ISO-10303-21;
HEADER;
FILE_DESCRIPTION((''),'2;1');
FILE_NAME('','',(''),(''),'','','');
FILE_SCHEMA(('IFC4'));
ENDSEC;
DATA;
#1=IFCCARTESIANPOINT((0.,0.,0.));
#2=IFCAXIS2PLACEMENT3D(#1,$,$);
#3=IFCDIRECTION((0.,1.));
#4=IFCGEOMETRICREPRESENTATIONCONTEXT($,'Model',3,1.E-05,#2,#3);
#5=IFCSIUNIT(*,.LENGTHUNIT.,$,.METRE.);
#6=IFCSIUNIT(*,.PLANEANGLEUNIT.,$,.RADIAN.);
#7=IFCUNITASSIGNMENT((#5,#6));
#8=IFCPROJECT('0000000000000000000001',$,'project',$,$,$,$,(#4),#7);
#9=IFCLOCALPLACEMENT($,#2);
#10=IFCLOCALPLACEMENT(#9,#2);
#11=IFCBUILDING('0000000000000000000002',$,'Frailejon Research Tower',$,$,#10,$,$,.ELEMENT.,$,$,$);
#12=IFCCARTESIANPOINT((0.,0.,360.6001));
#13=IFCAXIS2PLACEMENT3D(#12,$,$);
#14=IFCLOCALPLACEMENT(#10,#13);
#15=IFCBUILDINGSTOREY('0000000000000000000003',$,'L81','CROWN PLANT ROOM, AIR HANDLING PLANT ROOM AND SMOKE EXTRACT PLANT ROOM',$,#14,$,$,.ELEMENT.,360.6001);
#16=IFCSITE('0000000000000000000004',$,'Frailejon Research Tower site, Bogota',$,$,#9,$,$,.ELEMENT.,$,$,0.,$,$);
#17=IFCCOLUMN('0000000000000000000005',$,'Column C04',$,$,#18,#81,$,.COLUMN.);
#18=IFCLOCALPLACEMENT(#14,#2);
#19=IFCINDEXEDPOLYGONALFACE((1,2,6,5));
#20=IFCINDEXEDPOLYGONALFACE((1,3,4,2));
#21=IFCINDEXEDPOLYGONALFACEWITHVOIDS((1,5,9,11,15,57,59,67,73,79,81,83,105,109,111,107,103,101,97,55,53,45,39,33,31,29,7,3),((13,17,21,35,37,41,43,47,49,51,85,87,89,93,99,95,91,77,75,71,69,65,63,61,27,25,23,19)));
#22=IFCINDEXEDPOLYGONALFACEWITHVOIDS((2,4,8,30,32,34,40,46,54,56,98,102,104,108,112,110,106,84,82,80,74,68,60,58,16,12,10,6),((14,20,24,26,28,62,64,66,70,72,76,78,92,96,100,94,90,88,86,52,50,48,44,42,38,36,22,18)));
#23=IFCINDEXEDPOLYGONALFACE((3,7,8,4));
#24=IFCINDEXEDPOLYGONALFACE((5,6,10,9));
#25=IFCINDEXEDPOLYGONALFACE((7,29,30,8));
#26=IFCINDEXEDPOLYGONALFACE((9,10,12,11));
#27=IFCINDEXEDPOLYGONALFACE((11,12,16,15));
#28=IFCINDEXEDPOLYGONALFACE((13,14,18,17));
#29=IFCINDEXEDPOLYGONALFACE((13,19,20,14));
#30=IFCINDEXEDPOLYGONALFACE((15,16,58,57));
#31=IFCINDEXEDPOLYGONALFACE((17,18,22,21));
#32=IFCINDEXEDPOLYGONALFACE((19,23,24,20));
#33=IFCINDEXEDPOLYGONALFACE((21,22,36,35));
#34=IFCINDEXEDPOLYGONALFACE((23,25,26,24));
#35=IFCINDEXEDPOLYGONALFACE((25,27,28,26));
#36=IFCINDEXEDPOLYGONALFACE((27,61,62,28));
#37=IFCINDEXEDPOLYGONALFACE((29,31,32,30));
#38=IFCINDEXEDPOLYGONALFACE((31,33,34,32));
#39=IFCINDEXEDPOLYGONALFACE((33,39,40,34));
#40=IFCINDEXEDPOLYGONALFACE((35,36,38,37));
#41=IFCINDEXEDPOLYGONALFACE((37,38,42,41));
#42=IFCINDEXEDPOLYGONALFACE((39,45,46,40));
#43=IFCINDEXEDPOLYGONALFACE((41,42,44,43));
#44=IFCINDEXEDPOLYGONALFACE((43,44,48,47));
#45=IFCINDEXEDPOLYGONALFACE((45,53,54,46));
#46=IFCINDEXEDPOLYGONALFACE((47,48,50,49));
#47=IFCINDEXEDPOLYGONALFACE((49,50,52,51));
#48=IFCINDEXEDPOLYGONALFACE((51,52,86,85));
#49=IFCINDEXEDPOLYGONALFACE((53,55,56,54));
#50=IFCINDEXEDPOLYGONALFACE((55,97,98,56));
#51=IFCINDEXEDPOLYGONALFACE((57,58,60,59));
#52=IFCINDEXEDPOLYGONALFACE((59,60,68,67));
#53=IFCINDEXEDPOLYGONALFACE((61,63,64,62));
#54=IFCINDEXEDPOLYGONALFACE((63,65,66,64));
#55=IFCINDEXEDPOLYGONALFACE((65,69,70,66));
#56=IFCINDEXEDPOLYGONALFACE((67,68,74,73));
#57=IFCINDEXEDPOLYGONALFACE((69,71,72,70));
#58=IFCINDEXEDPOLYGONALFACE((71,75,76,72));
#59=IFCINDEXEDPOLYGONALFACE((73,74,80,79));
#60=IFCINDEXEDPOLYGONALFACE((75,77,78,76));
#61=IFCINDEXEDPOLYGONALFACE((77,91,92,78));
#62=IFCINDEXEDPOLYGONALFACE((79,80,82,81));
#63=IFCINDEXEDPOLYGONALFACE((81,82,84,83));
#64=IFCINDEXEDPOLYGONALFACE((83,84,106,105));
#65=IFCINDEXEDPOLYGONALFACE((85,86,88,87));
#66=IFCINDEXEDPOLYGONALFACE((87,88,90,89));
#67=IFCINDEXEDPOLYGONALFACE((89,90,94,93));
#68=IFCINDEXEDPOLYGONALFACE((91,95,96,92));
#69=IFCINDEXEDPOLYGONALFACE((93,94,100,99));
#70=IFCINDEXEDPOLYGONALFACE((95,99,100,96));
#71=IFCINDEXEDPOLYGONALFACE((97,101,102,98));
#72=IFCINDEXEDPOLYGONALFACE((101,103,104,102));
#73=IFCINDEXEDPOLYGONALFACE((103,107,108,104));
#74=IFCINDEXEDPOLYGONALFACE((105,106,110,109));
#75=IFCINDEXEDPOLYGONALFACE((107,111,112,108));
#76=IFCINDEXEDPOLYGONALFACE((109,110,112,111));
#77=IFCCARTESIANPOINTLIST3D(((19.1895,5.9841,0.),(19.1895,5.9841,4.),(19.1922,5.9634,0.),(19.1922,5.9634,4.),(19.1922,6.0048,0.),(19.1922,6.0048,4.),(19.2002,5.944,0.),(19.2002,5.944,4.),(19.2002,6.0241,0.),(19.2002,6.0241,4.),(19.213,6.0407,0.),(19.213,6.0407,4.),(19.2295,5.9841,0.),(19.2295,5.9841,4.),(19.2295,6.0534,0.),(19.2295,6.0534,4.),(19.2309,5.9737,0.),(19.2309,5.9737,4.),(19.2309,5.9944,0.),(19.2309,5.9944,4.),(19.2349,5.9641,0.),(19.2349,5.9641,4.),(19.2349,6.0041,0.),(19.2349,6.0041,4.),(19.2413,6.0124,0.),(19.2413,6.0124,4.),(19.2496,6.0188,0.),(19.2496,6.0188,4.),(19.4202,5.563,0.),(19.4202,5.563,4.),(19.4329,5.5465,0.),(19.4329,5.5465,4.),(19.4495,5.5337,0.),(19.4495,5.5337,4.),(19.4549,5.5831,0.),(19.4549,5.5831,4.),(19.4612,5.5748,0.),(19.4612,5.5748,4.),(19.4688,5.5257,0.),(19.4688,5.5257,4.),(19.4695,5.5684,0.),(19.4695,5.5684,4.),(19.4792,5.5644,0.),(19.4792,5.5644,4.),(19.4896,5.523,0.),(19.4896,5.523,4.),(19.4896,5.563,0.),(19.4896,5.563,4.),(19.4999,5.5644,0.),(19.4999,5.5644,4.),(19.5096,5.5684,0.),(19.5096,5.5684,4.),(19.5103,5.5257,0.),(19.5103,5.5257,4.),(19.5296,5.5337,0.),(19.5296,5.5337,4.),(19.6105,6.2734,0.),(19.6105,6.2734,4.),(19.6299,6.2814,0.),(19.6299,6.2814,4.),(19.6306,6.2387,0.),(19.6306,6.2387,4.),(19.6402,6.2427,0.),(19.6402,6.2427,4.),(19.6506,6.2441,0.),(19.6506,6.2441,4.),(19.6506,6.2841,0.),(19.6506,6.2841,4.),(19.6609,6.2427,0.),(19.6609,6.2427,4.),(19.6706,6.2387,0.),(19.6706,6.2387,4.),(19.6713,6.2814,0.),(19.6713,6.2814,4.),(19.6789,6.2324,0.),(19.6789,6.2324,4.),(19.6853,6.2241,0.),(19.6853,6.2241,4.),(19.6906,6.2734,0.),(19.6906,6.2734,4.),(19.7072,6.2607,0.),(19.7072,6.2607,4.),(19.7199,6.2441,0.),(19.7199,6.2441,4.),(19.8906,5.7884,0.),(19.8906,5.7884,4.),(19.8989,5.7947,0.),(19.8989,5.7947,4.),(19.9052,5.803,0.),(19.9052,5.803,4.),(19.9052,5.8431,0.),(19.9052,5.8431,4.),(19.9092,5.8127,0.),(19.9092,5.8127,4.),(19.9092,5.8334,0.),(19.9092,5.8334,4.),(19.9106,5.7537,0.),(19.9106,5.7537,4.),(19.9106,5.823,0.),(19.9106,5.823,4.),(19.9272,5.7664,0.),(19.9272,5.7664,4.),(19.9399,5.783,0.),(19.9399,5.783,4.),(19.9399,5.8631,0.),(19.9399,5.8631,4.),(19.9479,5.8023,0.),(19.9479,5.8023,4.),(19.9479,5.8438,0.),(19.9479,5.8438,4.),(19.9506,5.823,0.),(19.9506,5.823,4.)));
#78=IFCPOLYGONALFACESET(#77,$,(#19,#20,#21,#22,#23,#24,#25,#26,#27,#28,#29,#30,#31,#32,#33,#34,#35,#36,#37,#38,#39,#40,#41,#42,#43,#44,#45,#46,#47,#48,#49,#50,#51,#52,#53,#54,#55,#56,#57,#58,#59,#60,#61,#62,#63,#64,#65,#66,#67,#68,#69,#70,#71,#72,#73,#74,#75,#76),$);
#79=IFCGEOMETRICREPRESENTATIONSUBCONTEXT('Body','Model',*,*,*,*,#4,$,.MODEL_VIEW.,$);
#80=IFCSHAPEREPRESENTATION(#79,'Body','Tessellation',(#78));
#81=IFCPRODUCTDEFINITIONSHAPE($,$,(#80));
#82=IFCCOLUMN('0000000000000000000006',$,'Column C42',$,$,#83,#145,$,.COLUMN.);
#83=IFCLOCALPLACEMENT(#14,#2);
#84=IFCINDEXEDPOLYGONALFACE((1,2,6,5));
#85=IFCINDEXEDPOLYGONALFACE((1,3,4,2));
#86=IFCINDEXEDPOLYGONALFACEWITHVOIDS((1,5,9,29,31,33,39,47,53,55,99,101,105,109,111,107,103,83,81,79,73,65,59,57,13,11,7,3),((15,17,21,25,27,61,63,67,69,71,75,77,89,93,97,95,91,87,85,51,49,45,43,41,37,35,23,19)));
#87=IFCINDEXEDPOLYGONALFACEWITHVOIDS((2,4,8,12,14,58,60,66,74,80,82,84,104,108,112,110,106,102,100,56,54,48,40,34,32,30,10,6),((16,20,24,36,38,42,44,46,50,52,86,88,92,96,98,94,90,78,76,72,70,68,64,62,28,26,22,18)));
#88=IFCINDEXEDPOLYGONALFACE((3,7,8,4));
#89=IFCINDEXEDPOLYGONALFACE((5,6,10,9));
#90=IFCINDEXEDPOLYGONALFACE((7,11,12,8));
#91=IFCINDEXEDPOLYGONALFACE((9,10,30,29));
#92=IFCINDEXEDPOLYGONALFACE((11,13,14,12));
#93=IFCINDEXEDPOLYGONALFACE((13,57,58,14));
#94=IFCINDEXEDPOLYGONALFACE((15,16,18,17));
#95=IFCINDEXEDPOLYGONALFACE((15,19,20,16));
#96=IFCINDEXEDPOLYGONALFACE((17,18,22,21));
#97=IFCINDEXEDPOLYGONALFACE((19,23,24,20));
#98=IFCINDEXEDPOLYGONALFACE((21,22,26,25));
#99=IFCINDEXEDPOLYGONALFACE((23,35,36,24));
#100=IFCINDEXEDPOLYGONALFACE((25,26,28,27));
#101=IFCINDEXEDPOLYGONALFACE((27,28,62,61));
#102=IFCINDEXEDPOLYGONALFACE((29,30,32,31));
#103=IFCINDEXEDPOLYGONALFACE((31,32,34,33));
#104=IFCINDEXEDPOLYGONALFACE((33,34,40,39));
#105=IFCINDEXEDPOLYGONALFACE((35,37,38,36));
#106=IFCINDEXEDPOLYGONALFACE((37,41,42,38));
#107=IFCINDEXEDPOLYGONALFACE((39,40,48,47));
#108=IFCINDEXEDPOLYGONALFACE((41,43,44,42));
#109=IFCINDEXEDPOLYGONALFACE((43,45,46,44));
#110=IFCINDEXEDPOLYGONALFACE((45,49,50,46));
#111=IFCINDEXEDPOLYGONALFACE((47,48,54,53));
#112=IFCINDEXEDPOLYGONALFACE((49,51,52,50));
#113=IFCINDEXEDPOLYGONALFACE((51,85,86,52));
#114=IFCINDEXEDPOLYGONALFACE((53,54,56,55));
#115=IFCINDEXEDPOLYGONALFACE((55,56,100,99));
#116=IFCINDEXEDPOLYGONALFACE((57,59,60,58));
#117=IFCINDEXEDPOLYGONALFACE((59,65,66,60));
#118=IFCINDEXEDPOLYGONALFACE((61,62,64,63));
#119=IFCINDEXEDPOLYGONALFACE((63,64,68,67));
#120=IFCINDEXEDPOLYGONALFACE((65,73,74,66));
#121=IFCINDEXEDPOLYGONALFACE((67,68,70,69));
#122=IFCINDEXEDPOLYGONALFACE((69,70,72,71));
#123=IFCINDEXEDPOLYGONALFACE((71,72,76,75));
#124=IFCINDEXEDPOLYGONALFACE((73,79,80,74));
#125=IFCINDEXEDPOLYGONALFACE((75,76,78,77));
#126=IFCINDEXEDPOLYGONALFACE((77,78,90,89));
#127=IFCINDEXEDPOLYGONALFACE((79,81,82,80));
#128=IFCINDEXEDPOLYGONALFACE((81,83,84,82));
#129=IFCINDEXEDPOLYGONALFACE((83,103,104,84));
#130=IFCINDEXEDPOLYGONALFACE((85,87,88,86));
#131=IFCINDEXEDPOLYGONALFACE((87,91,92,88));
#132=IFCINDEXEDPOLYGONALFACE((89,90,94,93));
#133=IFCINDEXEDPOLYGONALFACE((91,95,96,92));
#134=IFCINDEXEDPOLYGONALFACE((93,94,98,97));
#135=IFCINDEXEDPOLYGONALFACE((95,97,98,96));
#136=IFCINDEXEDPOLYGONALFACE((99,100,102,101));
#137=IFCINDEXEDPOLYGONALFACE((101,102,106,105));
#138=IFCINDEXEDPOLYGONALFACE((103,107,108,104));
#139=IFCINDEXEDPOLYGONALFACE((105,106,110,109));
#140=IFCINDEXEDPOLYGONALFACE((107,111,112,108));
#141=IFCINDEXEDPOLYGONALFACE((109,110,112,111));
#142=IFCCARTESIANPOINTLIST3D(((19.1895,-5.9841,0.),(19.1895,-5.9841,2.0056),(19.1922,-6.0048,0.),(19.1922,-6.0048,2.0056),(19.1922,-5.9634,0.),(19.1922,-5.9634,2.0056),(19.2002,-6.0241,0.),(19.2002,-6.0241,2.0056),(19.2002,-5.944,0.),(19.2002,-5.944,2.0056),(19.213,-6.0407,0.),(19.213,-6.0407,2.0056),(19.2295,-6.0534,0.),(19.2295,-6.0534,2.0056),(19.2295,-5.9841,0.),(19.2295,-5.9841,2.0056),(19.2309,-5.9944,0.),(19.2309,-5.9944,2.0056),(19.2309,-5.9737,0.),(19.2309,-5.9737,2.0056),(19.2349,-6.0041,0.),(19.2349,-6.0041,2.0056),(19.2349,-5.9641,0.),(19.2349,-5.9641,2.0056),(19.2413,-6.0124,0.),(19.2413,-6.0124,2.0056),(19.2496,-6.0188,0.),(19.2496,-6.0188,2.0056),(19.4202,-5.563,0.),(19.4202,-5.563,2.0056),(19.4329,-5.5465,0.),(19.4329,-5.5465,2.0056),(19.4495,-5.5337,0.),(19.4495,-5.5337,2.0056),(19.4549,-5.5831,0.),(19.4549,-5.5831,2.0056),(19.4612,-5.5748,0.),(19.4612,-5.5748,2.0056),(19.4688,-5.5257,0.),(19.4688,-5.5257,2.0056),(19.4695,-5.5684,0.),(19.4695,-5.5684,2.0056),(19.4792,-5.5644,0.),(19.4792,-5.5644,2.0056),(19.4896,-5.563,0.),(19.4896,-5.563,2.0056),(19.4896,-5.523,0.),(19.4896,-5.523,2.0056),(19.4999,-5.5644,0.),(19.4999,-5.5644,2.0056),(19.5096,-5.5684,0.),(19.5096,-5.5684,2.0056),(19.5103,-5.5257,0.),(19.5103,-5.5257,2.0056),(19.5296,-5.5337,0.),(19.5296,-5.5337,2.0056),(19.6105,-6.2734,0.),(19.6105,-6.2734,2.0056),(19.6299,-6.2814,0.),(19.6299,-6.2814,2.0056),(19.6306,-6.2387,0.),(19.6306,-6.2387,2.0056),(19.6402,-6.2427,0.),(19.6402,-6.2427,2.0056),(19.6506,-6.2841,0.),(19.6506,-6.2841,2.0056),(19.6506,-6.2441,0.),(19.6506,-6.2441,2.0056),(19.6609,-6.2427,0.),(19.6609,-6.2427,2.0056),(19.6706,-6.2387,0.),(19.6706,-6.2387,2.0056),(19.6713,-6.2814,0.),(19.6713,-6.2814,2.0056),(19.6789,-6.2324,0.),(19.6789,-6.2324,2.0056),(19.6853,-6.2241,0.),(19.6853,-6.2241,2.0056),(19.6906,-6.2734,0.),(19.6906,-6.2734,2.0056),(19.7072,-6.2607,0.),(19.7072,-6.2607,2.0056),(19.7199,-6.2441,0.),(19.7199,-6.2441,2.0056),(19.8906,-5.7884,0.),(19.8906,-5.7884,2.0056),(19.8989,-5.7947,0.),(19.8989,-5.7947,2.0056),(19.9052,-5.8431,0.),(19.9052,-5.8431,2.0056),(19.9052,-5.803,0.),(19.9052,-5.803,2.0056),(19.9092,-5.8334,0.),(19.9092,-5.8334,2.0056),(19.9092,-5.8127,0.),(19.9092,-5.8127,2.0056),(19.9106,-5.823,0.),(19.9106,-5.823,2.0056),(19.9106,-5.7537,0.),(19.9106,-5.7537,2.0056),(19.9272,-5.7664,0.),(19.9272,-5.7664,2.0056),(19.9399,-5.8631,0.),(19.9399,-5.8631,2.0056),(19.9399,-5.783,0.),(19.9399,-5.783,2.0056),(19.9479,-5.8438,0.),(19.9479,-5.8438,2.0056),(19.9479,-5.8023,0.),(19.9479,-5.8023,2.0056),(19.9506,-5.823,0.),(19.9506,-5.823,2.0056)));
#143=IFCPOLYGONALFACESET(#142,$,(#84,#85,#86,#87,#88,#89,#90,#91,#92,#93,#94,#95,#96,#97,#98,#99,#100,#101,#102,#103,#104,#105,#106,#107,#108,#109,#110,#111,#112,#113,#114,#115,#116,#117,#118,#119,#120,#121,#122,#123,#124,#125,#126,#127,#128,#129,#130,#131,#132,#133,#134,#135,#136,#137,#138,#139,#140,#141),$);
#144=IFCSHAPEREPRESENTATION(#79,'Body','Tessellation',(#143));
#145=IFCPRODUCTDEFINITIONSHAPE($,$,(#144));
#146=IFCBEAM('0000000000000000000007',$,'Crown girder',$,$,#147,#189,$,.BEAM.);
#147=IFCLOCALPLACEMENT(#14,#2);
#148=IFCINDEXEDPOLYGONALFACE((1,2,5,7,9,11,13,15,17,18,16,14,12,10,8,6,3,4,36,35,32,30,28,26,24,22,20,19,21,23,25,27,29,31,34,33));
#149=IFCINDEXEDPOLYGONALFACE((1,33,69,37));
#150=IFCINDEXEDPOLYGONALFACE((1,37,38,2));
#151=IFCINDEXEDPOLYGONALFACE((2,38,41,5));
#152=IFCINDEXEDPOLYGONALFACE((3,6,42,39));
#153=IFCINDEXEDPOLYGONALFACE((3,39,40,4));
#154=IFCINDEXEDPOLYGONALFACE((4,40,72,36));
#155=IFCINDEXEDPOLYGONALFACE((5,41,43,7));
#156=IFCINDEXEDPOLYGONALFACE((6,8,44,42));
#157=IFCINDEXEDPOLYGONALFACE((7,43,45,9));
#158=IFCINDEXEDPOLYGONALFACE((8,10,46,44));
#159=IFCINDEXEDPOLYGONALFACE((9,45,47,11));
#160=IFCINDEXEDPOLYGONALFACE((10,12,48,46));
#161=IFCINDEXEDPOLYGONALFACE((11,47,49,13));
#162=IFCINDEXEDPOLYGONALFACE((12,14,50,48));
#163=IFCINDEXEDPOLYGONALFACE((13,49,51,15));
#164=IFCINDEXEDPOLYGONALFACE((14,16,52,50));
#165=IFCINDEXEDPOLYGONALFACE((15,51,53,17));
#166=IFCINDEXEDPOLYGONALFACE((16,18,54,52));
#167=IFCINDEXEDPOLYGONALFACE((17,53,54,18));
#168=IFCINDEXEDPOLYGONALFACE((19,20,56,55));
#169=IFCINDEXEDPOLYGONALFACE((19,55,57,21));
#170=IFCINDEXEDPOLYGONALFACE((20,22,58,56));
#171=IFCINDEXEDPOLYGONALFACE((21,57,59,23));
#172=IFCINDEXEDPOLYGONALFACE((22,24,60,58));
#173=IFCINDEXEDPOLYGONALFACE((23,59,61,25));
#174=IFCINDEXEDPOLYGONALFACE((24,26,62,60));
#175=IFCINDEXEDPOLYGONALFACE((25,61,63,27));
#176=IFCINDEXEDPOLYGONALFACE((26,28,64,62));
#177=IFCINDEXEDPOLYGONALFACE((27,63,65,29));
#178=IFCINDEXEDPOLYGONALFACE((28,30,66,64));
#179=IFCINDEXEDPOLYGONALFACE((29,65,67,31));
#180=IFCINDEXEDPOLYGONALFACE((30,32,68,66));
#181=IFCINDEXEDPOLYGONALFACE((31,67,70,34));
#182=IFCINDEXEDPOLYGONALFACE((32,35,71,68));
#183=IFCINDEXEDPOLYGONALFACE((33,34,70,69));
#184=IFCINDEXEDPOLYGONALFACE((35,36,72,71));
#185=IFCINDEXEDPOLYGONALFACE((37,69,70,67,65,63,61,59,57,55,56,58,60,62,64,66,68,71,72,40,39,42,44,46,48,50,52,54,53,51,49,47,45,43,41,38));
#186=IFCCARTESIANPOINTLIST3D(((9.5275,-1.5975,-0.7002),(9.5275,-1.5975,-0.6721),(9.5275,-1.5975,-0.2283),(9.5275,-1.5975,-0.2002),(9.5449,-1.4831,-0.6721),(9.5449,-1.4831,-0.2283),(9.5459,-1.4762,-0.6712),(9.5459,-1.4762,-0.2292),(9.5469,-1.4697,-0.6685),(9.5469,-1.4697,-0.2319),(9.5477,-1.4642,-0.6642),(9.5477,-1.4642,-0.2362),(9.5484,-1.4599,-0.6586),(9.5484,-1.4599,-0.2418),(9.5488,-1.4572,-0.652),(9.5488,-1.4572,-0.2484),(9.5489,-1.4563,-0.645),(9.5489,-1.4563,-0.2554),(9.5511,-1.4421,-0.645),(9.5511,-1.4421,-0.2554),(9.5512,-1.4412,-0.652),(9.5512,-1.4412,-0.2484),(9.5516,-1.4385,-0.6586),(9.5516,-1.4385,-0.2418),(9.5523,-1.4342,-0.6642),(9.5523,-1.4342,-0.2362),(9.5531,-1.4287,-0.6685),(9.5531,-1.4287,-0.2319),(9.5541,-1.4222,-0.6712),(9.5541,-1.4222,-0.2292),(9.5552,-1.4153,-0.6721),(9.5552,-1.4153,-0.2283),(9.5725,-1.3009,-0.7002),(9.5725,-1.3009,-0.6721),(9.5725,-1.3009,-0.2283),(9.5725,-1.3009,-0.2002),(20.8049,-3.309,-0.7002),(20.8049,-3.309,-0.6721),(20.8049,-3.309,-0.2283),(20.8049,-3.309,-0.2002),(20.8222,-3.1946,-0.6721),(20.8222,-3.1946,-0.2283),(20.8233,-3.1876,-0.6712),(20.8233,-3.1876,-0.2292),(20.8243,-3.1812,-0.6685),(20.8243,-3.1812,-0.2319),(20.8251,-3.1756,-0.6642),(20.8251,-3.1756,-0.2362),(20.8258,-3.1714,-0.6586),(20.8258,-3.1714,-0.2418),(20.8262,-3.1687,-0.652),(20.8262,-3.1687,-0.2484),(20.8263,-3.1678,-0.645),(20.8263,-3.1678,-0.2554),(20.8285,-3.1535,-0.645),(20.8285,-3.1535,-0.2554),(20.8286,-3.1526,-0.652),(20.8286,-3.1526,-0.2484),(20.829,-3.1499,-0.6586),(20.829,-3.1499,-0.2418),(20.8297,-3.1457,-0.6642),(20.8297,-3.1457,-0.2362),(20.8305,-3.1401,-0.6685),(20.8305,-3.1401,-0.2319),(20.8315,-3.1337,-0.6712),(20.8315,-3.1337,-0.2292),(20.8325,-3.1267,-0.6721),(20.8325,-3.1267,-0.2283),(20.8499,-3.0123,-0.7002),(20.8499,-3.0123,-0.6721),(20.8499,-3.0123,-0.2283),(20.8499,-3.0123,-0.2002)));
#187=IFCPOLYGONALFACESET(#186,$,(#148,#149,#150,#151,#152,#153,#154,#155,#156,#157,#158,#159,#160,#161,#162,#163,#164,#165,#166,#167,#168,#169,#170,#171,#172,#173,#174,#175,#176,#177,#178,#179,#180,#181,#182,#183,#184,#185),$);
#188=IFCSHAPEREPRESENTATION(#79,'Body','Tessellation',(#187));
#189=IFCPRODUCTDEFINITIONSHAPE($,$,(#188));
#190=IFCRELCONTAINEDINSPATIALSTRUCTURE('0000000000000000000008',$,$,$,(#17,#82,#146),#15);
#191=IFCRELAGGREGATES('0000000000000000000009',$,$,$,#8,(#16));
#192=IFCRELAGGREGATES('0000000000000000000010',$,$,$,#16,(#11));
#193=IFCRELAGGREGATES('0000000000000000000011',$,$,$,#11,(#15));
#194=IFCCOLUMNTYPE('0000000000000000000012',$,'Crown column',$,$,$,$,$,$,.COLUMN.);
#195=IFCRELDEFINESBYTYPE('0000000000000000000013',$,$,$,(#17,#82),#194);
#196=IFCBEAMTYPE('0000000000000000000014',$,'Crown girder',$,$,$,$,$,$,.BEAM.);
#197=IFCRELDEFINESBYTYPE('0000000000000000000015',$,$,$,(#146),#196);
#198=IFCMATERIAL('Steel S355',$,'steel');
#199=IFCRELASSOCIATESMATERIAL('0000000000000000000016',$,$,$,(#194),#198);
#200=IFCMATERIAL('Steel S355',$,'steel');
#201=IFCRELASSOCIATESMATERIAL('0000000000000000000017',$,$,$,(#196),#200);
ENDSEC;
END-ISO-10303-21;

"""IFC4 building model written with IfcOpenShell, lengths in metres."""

from ifc_helpers import new_model, si_unit, direction, frame, origin, origin_2d, place, context, subcontext, project, spatial, hollow_rectangle, i_section, extrude, material, material_profile, profile_set, type_object, element, save


model = new_model("IFC4")

# Units and contexts
model_context = context("Model", 3, precision=1e-05, world=origin(), true_north=direction((0.0, 1.0)))
body_context = subcontext(model_context, "Body", "Model", "MODEL_VIEW")
ifc_project = project(units=[si_unit("LENGTHUNIT", "METRE"), si_unit("PLANEANGLEUNIT", "RADIAN")], contexts=[model_context])

# Site, building, storey
site_placement = place(None, origin())
site = spatial("IfcSite", under=ifc_project, at=site_placement, Name="Frailejon Research Tower site, Bogota", CompositionType="ELEMENT", RefElevation=0.0)
building_placement = place(site_placement, origin())
building = spatial("IfcBuilding", under=site, at=building_placement, Name="Frailejon Research Tower", CompositionType="ELEMENT")
storey_placement = place(building_placement, frame((0.0, 0.0, 360.6001)))
storey = spatial("IfcBuildingStorey", under=building, at=storey_placement, Name="L81", Description="CROWN PLANT ROOM, AIR HANDLING PLANT ROOM AND SMOKE EXTRACT PLANT ROOM", CompositionType="ELEMENT", Elevation=360.6001)

# Columns
ifc_material_1 = material(Name="Steel S355", Category="steel")
ifc_material_profile_1 = material_profile(ifc_material_1, hollow_rectangle(XDim=0.6001, YDim=0.6001, WallThickness=0.04, InnerFilletRadius=0.04, OuterFilletRadius=0.0801, at=origin_2d()), Name="Crown column")
ifc_profile_set_1 = profile_set([ifc_material_profile_1], Name="Steel S355")
column_type = type_object("IfcColumnType", Name="Crown column", PredefinedType="COLUMN", material=ifc_profile_set_1)
for number, where, z_axis, x_axis, name in (
    (1, (19.5701, 5.9036, 0.0), (0.0, 0.0, 1.0), (-0.5, 0.866025, 0.0), "Column C04"),
):
    element("IfcColumn", number, at=place(storey_placement, frame(where, z_axis=z_axis, x_axis=x_axis)), inside=storey, type_object=column_type, Name=name, PredefinedType="COLUMN", context=body_context, shape_type="SweptSolid", body=[
        extrude(hollow_rectangle(XDim=0.6001, YDim=0.6001, WallThickness=0.04, InnerFilletRadius=0.04, OuterFilletRadius=0.0801, at=origin_2d()), origin(), (0.0, 0.0, 1.0), 4.0),
    ])
column_placement = place(storey_placement, frame((19.5701, -5.9036, 0.0), z_axis=(0.0, 0.0, 1.0), x_axis=(0.5, 0.866025, 0.0)))
element("IfcColumn", 2, at=column_placement, inside=storey, type_object=column_type, Name="Column C42", PredefinedType="COLUMN", context=body_context, shape_type="SweptSolid", body=[
    extrude(hollow_rectangle(XDim=0.6001, YDim=0.6001, WallThickness=0.04, InnerFilletRadius=0.04, OuterFilletRadius=0.0801, at=origin_2d()), origin(), (0.0, 0.0, 1.0), 2.0056),
])

# Beam
ifc_material_2 = material(Name="Steel S355", Category="steel")
ifc_material_profile_2 = material_profile(ifc_material_2, i_section(OverallWidth=0.3, OverallDepth=0.5, WebThickness=0.0144, FlangeThickness=0.0281, FilletRadius=0.0271, at=origin_2d()), Name="HE 500 B")
ifc_profile_set_2 = profile_set([ifc_material_profile_2], Name="Steel S355")
beam_type_1 = type_object("IfcBeamType", Name="Crown girder", PredefinedType="BEAM", material=ifc_profile_set_2)
beam_1_placement = place(storey_placement, frame((20.8274, -3.1606, -0.4502), z_axis=(-0.98868, 0.15004, 0.0), x_axis=(-0.15004, -0.98868, 0.0)))
element("IfcBeam", 3, at=beam_1_placement, inside=storey, type_object=beam_type_1, Name="Crown girder", PredefinedType="BEAM", context=body_context, shape_type="SweptSolid", body=[
    extrude(i_section(OverallWidth=0.3, OverallDepth=0.5, WebThickness=0.0144, FlangeThickness=0.0281, FilletRadius=0.0271, at=origin_2d()), origin(), (0.0, 0.0, 1.0), 11.4065),
])

save(model, "model.ifc")
